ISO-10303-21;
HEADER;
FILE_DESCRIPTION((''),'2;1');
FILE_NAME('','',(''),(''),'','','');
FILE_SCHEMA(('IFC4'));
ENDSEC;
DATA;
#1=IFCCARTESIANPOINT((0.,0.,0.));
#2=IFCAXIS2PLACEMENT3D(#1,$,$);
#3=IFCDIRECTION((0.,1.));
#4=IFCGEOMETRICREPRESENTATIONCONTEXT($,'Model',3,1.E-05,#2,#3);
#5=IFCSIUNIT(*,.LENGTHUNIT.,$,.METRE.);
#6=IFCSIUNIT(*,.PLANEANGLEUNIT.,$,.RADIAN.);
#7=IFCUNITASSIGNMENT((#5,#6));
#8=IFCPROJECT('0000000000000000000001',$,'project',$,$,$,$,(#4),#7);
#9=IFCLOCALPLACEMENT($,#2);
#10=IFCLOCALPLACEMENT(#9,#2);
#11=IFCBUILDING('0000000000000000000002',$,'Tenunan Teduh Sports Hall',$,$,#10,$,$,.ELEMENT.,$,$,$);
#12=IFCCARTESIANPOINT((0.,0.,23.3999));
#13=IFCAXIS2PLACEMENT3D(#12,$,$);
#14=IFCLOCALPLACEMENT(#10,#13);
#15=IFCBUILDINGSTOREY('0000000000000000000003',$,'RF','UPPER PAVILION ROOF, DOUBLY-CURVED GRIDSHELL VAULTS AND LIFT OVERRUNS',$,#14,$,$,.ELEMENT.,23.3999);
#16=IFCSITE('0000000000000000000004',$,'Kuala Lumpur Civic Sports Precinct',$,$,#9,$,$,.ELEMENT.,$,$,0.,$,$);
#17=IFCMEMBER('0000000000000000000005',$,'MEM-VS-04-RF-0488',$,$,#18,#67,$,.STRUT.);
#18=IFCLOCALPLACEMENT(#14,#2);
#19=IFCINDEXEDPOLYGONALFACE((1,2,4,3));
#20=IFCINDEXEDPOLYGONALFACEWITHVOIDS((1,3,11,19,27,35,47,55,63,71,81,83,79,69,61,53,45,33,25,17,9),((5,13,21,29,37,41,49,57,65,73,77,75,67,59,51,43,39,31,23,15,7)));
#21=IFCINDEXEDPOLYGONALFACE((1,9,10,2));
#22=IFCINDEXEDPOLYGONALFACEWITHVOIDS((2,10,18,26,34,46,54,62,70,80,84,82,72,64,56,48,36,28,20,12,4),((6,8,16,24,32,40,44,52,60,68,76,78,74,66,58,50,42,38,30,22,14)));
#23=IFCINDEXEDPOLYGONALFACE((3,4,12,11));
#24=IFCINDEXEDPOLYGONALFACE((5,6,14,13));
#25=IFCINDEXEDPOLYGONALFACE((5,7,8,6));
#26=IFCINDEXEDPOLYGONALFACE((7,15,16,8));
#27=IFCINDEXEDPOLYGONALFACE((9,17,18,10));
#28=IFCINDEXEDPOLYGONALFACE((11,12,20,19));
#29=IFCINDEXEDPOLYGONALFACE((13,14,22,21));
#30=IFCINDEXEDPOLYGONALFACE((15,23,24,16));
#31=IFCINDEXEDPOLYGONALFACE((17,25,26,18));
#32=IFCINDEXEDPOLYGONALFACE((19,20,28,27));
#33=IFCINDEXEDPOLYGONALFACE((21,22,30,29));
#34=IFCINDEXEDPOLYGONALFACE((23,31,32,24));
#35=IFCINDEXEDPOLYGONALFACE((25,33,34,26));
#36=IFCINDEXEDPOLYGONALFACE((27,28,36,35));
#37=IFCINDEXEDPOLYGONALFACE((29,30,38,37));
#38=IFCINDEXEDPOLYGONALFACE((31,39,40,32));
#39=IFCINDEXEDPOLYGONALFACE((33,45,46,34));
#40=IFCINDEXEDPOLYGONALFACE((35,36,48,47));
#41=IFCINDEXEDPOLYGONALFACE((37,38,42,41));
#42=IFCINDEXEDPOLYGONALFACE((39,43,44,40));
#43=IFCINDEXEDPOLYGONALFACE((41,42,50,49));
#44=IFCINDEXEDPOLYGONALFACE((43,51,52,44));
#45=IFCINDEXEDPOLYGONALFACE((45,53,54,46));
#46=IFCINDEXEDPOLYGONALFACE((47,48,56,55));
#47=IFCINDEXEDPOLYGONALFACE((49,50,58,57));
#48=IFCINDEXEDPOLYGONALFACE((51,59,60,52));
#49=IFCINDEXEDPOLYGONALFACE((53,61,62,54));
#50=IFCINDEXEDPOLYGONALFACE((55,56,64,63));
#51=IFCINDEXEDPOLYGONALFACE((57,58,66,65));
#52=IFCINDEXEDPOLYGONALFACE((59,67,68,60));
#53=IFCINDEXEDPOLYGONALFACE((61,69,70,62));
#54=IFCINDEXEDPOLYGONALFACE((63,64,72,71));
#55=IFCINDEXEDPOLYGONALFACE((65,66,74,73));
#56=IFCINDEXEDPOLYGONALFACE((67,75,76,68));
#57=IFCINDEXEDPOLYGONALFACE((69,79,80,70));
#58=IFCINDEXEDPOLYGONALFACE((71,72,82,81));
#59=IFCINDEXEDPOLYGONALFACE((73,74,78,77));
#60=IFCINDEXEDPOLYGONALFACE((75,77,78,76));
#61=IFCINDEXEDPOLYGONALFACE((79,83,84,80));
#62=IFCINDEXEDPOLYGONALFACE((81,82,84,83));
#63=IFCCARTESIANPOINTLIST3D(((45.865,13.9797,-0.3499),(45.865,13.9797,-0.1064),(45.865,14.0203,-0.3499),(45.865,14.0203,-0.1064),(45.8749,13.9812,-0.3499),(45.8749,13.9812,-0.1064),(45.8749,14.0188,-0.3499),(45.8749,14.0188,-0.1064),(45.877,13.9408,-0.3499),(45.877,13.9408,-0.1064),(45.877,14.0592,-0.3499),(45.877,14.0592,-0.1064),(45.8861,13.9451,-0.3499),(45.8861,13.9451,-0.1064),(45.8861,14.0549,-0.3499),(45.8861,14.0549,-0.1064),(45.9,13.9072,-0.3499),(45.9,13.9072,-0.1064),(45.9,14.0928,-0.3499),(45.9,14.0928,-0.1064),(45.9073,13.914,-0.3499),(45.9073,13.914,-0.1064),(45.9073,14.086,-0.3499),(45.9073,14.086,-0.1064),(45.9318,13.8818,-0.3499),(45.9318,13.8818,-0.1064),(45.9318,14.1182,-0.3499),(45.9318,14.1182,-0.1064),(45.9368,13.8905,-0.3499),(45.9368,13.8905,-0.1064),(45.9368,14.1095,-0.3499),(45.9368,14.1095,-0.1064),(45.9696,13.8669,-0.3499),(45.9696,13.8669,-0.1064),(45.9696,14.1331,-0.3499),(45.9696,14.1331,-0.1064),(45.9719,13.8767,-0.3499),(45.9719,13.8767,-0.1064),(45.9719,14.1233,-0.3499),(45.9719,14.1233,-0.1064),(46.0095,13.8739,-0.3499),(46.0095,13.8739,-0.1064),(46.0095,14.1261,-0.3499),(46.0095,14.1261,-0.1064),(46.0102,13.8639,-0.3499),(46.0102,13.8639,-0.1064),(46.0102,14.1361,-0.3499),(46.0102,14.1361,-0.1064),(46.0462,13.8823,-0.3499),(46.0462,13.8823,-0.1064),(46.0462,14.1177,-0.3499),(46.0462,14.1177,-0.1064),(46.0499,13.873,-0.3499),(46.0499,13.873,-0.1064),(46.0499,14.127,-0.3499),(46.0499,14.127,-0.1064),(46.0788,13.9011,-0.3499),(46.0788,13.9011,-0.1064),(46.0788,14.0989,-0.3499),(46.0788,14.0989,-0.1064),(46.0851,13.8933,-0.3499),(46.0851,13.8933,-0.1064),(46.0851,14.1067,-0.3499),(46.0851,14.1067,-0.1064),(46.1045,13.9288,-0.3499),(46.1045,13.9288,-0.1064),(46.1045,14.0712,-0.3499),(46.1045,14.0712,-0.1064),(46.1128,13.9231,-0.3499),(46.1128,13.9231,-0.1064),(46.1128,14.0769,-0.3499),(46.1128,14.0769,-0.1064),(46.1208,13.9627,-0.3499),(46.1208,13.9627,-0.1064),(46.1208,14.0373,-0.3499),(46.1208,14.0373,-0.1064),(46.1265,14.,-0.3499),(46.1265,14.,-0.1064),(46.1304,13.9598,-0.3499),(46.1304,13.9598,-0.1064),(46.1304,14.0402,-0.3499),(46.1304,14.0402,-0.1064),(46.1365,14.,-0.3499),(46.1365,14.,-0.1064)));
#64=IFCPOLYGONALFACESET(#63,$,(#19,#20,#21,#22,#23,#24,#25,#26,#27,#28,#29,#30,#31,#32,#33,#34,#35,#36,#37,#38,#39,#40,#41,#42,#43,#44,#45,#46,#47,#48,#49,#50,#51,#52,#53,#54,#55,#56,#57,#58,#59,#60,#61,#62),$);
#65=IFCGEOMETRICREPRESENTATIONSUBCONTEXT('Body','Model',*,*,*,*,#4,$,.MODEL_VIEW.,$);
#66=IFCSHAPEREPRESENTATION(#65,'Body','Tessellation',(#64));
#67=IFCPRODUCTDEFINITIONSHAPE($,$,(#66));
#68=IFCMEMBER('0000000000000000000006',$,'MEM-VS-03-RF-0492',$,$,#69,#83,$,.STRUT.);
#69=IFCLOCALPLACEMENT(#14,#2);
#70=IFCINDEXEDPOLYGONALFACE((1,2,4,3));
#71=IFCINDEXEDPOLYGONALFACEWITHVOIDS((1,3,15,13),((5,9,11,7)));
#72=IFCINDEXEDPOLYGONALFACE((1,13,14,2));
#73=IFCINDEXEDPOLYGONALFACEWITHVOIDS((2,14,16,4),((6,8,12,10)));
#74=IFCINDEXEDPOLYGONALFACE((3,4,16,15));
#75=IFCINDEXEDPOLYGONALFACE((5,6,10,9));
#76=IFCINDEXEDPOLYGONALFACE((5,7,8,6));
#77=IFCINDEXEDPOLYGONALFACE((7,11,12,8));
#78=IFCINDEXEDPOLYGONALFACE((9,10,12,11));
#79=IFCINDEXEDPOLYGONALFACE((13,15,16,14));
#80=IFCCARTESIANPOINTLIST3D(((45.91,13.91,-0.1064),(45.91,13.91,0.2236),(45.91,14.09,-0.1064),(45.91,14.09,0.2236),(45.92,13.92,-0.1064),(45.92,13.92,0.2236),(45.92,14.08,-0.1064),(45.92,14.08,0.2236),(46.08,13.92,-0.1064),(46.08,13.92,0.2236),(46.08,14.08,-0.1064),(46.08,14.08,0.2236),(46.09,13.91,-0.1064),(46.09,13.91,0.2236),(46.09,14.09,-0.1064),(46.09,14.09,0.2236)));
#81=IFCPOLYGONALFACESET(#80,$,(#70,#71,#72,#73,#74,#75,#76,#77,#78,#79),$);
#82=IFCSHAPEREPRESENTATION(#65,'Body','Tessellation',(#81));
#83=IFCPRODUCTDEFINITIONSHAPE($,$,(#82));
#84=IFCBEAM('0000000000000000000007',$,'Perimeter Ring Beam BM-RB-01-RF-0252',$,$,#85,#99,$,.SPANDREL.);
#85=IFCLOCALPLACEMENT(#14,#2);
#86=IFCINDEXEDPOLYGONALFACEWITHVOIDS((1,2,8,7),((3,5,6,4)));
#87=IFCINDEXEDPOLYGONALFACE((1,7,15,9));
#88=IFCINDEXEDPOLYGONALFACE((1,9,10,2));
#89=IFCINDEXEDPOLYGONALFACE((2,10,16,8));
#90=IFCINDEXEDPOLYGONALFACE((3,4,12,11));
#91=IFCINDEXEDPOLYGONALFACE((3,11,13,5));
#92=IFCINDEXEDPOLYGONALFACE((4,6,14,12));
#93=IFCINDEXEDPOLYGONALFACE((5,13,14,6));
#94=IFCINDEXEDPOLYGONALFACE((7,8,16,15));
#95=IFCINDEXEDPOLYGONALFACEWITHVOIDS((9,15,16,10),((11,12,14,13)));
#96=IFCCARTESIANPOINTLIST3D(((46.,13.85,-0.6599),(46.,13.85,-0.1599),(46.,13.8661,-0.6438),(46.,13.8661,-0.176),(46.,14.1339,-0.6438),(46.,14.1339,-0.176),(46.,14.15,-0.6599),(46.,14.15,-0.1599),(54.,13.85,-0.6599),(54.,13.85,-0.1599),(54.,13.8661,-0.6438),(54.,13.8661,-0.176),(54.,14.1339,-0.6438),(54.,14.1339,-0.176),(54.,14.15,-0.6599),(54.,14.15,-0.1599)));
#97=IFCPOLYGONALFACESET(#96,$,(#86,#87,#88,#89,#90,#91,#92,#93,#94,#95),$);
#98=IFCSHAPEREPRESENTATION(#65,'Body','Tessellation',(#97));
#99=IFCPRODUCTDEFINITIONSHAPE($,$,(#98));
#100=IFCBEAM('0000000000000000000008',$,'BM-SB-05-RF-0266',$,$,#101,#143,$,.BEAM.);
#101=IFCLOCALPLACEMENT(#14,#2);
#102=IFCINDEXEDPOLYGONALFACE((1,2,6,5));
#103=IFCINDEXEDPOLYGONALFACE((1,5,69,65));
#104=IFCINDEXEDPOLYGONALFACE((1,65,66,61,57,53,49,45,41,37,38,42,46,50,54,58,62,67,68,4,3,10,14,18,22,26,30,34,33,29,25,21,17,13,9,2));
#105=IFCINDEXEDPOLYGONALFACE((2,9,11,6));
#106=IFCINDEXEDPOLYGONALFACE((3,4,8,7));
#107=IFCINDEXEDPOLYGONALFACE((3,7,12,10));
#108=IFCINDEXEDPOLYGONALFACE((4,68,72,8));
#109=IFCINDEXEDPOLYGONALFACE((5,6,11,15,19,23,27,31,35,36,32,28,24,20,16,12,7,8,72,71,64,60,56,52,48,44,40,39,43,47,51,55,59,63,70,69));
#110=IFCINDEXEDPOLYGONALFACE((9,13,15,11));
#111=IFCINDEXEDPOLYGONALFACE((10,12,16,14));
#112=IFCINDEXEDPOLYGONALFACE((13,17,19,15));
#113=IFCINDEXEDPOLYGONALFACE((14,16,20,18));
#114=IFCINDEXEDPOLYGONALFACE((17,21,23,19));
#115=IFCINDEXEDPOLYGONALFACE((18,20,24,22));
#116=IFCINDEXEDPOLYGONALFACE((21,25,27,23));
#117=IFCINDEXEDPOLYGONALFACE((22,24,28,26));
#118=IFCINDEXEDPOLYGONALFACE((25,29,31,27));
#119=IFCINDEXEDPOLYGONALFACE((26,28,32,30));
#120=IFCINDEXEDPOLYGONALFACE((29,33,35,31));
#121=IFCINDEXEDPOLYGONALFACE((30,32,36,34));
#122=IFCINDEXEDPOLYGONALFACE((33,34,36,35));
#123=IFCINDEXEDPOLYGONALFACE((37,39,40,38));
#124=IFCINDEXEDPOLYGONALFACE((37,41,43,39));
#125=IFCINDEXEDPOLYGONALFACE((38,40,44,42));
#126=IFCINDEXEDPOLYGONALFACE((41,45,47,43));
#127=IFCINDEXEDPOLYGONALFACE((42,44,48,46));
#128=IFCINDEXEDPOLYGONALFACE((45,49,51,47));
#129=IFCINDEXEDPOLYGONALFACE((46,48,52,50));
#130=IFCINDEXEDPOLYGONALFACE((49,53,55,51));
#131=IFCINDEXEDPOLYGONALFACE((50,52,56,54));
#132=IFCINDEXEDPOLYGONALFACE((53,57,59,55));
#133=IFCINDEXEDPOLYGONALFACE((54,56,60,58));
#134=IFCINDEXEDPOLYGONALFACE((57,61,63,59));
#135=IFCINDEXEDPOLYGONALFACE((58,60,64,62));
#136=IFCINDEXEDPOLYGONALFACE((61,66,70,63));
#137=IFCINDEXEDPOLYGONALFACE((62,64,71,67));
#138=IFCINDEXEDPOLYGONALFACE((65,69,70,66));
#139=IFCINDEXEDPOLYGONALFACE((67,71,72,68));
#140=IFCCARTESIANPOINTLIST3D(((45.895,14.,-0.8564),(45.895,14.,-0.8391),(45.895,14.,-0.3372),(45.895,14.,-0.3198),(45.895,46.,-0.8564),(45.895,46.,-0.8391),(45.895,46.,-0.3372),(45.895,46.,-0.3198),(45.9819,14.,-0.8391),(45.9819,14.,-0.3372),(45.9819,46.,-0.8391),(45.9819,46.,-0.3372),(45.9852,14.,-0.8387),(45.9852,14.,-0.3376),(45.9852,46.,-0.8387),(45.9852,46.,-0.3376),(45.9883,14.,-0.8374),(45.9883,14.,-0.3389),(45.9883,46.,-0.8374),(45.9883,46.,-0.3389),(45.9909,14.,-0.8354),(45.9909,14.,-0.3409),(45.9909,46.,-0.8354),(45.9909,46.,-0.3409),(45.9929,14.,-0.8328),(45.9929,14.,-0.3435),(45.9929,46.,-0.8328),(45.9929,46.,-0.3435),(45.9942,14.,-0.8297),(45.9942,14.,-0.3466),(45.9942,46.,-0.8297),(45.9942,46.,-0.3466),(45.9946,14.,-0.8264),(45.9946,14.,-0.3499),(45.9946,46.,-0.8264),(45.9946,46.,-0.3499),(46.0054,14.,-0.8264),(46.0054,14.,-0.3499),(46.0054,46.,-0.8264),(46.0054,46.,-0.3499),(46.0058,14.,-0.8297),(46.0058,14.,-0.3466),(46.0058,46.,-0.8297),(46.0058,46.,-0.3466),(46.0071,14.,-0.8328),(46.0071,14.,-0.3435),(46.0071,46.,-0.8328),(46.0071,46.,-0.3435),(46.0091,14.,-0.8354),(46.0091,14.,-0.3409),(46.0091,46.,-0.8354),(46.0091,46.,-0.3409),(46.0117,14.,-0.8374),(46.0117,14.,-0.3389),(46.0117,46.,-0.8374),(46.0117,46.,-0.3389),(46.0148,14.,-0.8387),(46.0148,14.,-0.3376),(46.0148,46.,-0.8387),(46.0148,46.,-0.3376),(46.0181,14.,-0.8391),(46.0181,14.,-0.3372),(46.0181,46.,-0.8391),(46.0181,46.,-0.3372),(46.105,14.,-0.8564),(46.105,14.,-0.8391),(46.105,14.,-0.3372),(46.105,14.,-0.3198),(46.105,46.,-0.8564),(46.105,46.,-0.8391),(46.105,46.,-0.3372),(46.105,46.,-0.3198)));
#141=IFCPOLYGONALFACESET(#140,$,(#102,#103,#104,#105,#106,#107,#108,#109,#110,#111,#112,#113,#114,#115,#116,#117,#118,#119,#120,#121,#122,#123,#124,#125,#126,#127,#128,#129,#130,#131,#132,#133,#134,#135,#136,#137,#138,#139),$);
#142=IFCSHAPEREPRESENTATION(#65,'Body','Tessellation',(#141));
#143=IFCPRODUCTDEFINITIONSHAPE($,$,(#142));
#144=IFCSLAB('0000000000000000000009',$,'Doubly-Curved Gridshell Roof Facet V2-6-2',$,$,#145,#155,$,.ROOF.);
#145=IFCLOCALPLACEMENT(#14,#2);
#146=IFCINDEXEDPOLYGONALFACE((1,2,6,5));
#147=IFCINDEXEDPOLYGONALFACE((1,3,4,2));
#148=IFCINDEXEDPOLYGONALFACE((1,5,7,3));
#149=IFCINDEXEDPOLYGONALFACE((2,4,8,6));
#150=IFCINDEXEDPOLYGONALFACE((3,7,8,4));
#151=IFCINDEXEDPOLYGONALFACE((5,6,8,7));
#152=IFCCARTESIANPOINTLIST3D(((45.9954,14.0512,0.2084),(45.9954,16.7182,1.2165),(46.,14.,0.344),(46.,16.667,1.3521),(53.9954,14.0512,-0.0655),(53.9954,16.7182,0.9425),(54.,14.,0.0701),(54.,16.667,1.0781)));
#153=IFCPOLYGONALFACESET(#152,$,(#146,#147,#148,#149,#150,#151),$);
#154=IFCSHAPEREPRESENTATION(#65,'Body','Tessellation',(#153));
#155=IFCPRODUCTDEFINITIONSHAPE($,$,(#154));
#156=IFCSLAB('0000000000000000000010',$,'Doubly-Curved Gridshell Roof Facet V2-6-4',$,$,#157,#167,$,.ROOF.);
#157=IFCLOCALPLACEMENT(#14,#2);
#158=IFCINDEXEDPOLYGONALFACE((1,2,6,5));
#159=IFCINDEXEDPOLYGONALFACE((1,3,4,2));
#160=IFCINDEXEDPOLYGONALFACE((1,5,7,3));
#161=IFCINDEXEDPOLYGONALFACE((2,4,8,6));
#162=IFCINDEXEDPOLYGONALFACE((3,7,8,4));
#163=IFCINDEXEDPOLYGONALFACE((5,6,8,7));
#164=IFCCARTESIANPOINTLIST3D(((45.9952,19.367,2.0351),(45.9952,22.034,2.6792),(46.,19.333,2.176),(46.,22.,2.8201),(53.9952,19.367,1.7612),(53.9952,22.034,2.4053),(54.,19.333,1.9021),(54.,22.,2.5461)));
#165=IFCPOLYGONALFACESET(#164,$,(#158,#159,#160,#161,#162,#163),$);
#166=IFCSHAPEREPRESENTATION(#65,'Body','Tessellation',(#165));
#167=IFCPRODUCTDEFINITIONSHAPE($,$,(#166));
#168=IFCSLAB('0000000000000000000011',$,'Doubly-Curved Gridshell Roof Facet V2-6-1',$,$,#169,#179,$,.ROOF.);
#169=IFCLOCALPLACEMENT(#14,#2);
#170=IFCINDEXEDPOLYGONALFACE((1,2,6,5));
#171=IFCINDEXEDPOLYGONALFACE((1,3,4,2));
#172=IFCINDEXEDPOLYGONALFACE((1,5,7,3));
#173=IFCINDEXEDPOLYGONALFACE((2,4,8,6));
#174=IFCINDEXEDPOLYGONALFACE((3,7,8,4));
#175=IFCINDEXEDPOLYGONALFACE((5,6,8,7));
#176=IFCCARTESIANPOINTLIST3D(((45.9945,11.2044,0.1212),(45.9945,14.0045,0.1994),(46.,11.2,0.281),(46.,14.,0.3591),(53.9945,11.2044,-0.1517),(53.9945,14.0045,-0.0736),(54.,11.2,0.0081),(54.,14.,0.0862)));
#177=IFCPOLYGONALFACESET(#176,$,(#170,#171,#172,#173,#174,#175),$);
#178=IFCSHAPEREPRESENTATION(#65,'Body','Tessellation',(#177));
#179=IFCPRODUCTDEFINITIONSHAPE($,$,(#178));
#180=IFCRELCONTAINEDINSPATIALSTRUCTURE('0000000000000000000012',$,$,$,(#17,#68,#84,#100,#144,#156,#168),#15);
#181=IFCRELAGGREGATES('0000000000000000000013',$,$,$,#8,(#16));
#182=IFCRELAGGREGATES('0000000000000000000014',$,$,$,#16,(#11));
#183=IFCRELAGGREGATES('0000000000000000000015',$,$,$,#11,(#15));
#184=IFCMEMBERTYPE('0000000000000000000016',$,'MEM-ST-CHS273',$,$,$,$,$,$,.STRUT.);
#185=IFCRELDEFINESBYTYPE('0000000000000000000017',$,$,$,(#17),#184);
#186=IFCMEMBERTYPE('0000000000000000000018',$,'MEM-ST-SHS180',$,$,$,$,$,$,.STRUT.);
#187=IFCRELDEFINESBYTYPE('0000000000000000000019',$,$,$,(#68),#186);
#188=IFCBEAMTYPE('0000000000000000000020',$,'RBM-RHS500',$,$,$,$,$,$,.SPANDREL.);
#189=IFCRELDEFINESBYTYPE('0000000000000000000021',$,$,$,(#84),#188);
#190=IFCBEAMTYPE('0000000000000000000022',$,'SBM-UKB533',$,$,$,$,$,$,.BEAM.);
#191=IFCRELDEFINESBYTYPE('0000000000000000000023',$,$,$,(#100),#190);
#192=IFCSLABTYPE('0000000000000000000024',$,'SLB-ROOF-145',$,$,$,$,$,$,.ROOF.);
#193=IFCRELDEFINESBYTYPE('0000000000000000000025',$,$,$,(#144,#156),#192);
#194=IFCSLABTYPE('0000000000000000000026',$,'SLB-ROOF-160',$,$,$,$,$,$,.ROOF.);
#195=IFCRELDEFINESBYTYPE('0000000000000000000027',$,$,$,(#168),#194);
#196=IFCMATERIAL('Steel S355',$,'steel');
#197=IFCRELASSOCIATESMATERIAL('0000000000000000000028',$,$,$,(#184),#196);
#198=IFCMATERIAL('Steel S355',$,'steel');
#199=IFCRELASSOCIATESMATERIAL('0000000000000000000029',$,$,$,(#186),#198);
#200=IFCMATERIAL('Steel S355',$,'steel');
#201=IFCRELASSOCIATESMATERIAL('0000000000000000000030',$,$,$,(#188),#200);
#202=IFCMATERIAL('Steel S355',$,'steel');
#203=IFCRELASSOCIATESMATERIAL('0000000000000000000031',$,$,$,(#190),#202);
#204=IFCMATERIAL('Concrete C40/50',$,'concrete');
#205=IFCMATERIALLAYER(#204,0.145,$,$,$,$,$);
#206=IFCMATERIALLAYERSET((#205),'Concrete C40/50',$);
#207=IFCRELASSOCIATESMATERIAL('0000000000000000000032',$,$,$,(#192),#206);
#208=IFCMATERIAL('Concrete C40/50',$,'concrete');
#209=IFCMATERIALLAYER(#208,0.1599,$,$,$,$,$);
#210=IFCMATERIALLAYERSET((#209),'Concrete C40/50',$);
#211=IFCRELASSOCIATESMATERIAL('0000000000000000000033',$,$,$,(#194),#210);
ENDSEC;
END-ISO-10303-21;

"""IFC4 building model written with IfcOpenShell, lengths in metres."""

from ifc_helpers import new_model, si_unit, direction, frame, origin, origin_2d, place, context, subcontext, project, spatial, polyline, hollow_rectangle, hollow_circle, i_section, outline, extrude, material, layer, layer_set, material_profile, profile_set, type_object, element, save


model = new_model("IFC4")

# Units and contexts
model_context = context("Model", 3, precision=1e-05, world=origin(), true_north=direction((0.0, 1.0)))
body_context = subcontext(model_context, "Body", "Model", "MODEL_VIEW")
ifc_project = project(units=[si_unit("LENGTHUNIT", "METRE"), si_unit("PLANEANGLEUNIT", "RADIAN")], contexts=[model_context])

# Site, building, storey
site_placement = place(None, origin())
site = spatial("IfcSite", under=ifc_project, at=site_placement, Name="Kuala Lumpur Civic Sports Precinct", CompositionType="ELEMENT", RefElevation=0.0)
building_placement = place(site_placement, origin())
building = spatial("IfcBuilding", under=site, at=building_placement, Name="Tenunan Teduh Sports Hall", CompositionType="ELEMENT")
storey_placement = place(building_placement, frame((0.0, 0.0, 23.3999)))
storey = spatial("IfcBuildingStorey", under=building, at=storey_placement, Name="RF", Description="UPPER PAVILION ROOF, DOUBLY-CURVED GRIDSHELL VAULTS AND LIFT OVERRUNS", CompositionType="ELEMENT", Elevation=23.3999)

# Members
ifc_material_1 = material(Name="Steel S355", Category="steel")
ifc_material_profile_1 = material_profile(ifc_material_1, hollow_circle(Radius=0.1365, WallThickness=0.01, at=origin_2d()), Name="CHS 273.0x10.0")
ifc_profile_set_1 = profile_set([ifc_material_profile_1], Name="Steel S355")
member_type_1 = type_object("IfcMemberType", Name="MEM-ST-CHS273", PredefinedType="STRUT", material=ifc_profile_set_1)
member_1_placement = place(storey_placement, frame((46.0, 14.0, -0.3499), z_axis=(0.0, 0.0, 1.0), x_axis=(1.0, 0.0, 0.0)))
element("IfcMember", 1, at=member_1_placement, inside=storey, type_object=member_type_1, Name="MEM-VS-04-RF-0488", PredefinedType="STRUT", context=body_context, shape_type="SweptSolid", body=[
    extrude(hollow_circle(Radius=0.1365, WallThickness=0.01, at=origin_2d()), origin(), (0.0, 0.0, 1.0), 0.2434),
])
ifc_material_2 = material(Name="Steel S355", Category="steel")
ifc_material_profile_2 = material_profile(ifc_material_2, hollow_rectangle(XDim=0.1799, YDim=0.1799, WallThickness=0.01, at=origin_2d()), Name="SHS 180x180x10.0")
ifc_profile_set_2 = profile_set([ifc_material_profile_2], Name="Steel S355")
member_type_2 = type_object("IfcMemberType", Name="MEM-ST-SHS180", PredefinedType="STRUT", material=ifc_profile_set_2)
member_2_placement = place(storey_placement, frame((46.0, 14.0, -0.1064), z_axis=(0.0, 0.0, 1.0), x_axis=(1.0, 0.0, 0.0)))
element("IfcMember", 2, at=member_2_placement, inside=storey, type_object=member_type_2, Name="MEM-VS-03-RF-0492", PredefinedType="STRUT", context=body_context, shape_type="SweptSolid", body=[
    extrude(hollow_rectangle(XDim=0.1799, YDim=0.1799, WallThickness=0.01, at=origin_2d()), origin(), (0.0, 0.0, 1.0), 0.3301),
])

# Beams
ifc_material_3 = material(Name="Steel S355", Category="steel")
ifc_material_profile_3 = material_profile(ifc_material_3, hollow_rectangle(XDim=0.3, YDim=0.5, WallThickness=0.0161, at=origin_2d()), Name="RHS 500x300x16.0")
ifc_profile_set_3 = profile_set([ifc_material_profile_3], Name="Steel S355")
beam_type_1 = type_object("IfcBeamType", Name="RBM-RHS500", PredefinedType="SPANDREL", material=ifc_profile_set_3)
beam_1_placement = place(storey_placement, frame((46.0, 14.0, -0.4099), z_axis=(1.0, 0.0, 0.0), x_axis=(0.0, 1.0, 0.0)))
element("IfcBeam", 3, at=beam_1_placement, inside=storey, type_object=beam_type_1, Name="Perimeter Ring Beam BM-RB-01-RF-0252", PredefinedType="SPANDREL", context=body_context, shape_type="SweptSolid", body=[
    extrude(hollow_rectangle(XDim=0.3, YDim=0.5, WallThickness=0.0161, at=origin_2d()), origin(), (0.0, 0.0, 1.0), 8.0),
])
ifc_material_4 = material(Name="Steel S355", Category="steel")
ifc_material_profile_4 = material_profile(ifc_material_4, i_section(OverallWidth=0.21, OverallDepth=0.5366, WebThickness=0.0107, FlangeThickness=0.0173, FilletRadius=0.0127, at=origin_2d()), Name="UKB 533x210x101")
ifc_profile_set_4 = profile_set([ifc_material_profile_4], Name="Steel S355")
beam_type_2 = type_object("IfcBeamType", Name="SBM-UKB533", PredefinedType="BEAM", material=ifc_profile_set_4)
beam_2_placement = place(storey_placement, frame((46.0, 14.0, -0.5881), z_axis=(0.0, 1.0, 0.0), x_axis=(-1.0, 0.0, 0.0)))
element("IfcBeam", 4, at=beam_2_placement, inside=storey, type_object=beam_type_2, Name="BM-SB-05-RF-0266", PredefinedType="BEAM", context=body_context, shape_type="SweptSolid", body=[
    extrude(i_section(OverallWidth=0.21, OverallDepth=0.5366, WebThickness=0.0107, FlangeThickness=0.0173, FilletRadius=0.0127, at=origin_2d()), origin(), (0.0, 0.0, 1.0), 32.0),
])

# Slabs
ifc_material_5 = material(Name="Concrete C40/50", Category="concrete")
ifc_layer_1 = layer(ifc_material_5, 0.145)
ifc_layer_set_1 = layer_set([ifc_layer_1], Name="Concrete C40/50")
slab_type_1 = type_object("IfcSlabType", Name="SLB-ROOF-145", PredefinedType="ROOF", material=ifc_layer_set_1)
slab_1_placement = place(storey_placement, frame((46.0, 14.0, 0.344), z_axis=(0.032013, -0.353381, 0.934932), x_axis=(0.999414, 0.0, -0.034221)))
element("IfcSlab", 5, at=slab_1_placement, inside=storey, type_object=slab_type_1, Name="Doubly-Curved Gridshell Roof Facet V2-6-2", PredefinedType="ROOF", context=body_context, shape_type="SweptSolid", body=[
    extrude(outline(polyline([(0.0, 0.0), (8.0047, 0.0), (7.9702, 2.8509), (-0.0345, 2.8509), (0.0, 0.0)])), origin(), (0.0, 0.0, -1.0), 0.145),
])
slab_2_placement = place(storey_placement, frame((46.0, 19.333, 2.176), z_axis=(0.033266, -0.234609, 0.97152), x_axis=(0.999414, 0.0, -0.034221)))
element("IfcSlab", 6, at=slab_2_placement, inside=storey, type_object=slab_type_1, Name="Doubly-Curved Gridshell Roof Facet V2-6-4", PredefinedType="ROOF", context=body_context, shape_type="SweptSolid", body=[
    extrude(outline(polyline([(0.0, 0.0), (8.0047, 0.0), (7.9826, 2.7436), (-0.022, 2.7436), (0.0, 0.0)])), origin(), (0.0, 0.0, -1.0), 0.145),
])
ifc_material_6 = material(Name="Concrete C40/50", Category="concrete")
ifc_layer_2 = layer(ifc_material_6, 0.1599)
ifc_layer_set_2 = layer_set([ifc_layer_2], Name="Concrete C40/50")
slab_type_2 = type_object("IfcSlabType", Name="SLB-ROOF-160", PredefinedType="ROOF", material=ifc_layer_set_2)
slab_3_placement = place(storey_placement, frame((46.0, 11.2, 0.281), z_axis=(0.034086, -0.027874, 0.99903), x_axis=(0.999418, 0.0, -0.034099)))
element("IfcSlab", 7, at=slab_3_placement, inside=storey, type_object=slab_type_2, Name="Doubly-Curved Gridshell Roof Facet V2-6-1", PredefinedType="ROOF", context=body_context, shape_type="SweptSolid", body=[
    extrude(outline(polyline([(0.0, 0.0), (8.0047, 0.0), (8.002, 2.8011), (-0.0027, 2.8011), (0.0, 0.0)])), origin(), (0.0, 0.0, -1.0), 0.1599),
])

save(model, "model.ifc")
